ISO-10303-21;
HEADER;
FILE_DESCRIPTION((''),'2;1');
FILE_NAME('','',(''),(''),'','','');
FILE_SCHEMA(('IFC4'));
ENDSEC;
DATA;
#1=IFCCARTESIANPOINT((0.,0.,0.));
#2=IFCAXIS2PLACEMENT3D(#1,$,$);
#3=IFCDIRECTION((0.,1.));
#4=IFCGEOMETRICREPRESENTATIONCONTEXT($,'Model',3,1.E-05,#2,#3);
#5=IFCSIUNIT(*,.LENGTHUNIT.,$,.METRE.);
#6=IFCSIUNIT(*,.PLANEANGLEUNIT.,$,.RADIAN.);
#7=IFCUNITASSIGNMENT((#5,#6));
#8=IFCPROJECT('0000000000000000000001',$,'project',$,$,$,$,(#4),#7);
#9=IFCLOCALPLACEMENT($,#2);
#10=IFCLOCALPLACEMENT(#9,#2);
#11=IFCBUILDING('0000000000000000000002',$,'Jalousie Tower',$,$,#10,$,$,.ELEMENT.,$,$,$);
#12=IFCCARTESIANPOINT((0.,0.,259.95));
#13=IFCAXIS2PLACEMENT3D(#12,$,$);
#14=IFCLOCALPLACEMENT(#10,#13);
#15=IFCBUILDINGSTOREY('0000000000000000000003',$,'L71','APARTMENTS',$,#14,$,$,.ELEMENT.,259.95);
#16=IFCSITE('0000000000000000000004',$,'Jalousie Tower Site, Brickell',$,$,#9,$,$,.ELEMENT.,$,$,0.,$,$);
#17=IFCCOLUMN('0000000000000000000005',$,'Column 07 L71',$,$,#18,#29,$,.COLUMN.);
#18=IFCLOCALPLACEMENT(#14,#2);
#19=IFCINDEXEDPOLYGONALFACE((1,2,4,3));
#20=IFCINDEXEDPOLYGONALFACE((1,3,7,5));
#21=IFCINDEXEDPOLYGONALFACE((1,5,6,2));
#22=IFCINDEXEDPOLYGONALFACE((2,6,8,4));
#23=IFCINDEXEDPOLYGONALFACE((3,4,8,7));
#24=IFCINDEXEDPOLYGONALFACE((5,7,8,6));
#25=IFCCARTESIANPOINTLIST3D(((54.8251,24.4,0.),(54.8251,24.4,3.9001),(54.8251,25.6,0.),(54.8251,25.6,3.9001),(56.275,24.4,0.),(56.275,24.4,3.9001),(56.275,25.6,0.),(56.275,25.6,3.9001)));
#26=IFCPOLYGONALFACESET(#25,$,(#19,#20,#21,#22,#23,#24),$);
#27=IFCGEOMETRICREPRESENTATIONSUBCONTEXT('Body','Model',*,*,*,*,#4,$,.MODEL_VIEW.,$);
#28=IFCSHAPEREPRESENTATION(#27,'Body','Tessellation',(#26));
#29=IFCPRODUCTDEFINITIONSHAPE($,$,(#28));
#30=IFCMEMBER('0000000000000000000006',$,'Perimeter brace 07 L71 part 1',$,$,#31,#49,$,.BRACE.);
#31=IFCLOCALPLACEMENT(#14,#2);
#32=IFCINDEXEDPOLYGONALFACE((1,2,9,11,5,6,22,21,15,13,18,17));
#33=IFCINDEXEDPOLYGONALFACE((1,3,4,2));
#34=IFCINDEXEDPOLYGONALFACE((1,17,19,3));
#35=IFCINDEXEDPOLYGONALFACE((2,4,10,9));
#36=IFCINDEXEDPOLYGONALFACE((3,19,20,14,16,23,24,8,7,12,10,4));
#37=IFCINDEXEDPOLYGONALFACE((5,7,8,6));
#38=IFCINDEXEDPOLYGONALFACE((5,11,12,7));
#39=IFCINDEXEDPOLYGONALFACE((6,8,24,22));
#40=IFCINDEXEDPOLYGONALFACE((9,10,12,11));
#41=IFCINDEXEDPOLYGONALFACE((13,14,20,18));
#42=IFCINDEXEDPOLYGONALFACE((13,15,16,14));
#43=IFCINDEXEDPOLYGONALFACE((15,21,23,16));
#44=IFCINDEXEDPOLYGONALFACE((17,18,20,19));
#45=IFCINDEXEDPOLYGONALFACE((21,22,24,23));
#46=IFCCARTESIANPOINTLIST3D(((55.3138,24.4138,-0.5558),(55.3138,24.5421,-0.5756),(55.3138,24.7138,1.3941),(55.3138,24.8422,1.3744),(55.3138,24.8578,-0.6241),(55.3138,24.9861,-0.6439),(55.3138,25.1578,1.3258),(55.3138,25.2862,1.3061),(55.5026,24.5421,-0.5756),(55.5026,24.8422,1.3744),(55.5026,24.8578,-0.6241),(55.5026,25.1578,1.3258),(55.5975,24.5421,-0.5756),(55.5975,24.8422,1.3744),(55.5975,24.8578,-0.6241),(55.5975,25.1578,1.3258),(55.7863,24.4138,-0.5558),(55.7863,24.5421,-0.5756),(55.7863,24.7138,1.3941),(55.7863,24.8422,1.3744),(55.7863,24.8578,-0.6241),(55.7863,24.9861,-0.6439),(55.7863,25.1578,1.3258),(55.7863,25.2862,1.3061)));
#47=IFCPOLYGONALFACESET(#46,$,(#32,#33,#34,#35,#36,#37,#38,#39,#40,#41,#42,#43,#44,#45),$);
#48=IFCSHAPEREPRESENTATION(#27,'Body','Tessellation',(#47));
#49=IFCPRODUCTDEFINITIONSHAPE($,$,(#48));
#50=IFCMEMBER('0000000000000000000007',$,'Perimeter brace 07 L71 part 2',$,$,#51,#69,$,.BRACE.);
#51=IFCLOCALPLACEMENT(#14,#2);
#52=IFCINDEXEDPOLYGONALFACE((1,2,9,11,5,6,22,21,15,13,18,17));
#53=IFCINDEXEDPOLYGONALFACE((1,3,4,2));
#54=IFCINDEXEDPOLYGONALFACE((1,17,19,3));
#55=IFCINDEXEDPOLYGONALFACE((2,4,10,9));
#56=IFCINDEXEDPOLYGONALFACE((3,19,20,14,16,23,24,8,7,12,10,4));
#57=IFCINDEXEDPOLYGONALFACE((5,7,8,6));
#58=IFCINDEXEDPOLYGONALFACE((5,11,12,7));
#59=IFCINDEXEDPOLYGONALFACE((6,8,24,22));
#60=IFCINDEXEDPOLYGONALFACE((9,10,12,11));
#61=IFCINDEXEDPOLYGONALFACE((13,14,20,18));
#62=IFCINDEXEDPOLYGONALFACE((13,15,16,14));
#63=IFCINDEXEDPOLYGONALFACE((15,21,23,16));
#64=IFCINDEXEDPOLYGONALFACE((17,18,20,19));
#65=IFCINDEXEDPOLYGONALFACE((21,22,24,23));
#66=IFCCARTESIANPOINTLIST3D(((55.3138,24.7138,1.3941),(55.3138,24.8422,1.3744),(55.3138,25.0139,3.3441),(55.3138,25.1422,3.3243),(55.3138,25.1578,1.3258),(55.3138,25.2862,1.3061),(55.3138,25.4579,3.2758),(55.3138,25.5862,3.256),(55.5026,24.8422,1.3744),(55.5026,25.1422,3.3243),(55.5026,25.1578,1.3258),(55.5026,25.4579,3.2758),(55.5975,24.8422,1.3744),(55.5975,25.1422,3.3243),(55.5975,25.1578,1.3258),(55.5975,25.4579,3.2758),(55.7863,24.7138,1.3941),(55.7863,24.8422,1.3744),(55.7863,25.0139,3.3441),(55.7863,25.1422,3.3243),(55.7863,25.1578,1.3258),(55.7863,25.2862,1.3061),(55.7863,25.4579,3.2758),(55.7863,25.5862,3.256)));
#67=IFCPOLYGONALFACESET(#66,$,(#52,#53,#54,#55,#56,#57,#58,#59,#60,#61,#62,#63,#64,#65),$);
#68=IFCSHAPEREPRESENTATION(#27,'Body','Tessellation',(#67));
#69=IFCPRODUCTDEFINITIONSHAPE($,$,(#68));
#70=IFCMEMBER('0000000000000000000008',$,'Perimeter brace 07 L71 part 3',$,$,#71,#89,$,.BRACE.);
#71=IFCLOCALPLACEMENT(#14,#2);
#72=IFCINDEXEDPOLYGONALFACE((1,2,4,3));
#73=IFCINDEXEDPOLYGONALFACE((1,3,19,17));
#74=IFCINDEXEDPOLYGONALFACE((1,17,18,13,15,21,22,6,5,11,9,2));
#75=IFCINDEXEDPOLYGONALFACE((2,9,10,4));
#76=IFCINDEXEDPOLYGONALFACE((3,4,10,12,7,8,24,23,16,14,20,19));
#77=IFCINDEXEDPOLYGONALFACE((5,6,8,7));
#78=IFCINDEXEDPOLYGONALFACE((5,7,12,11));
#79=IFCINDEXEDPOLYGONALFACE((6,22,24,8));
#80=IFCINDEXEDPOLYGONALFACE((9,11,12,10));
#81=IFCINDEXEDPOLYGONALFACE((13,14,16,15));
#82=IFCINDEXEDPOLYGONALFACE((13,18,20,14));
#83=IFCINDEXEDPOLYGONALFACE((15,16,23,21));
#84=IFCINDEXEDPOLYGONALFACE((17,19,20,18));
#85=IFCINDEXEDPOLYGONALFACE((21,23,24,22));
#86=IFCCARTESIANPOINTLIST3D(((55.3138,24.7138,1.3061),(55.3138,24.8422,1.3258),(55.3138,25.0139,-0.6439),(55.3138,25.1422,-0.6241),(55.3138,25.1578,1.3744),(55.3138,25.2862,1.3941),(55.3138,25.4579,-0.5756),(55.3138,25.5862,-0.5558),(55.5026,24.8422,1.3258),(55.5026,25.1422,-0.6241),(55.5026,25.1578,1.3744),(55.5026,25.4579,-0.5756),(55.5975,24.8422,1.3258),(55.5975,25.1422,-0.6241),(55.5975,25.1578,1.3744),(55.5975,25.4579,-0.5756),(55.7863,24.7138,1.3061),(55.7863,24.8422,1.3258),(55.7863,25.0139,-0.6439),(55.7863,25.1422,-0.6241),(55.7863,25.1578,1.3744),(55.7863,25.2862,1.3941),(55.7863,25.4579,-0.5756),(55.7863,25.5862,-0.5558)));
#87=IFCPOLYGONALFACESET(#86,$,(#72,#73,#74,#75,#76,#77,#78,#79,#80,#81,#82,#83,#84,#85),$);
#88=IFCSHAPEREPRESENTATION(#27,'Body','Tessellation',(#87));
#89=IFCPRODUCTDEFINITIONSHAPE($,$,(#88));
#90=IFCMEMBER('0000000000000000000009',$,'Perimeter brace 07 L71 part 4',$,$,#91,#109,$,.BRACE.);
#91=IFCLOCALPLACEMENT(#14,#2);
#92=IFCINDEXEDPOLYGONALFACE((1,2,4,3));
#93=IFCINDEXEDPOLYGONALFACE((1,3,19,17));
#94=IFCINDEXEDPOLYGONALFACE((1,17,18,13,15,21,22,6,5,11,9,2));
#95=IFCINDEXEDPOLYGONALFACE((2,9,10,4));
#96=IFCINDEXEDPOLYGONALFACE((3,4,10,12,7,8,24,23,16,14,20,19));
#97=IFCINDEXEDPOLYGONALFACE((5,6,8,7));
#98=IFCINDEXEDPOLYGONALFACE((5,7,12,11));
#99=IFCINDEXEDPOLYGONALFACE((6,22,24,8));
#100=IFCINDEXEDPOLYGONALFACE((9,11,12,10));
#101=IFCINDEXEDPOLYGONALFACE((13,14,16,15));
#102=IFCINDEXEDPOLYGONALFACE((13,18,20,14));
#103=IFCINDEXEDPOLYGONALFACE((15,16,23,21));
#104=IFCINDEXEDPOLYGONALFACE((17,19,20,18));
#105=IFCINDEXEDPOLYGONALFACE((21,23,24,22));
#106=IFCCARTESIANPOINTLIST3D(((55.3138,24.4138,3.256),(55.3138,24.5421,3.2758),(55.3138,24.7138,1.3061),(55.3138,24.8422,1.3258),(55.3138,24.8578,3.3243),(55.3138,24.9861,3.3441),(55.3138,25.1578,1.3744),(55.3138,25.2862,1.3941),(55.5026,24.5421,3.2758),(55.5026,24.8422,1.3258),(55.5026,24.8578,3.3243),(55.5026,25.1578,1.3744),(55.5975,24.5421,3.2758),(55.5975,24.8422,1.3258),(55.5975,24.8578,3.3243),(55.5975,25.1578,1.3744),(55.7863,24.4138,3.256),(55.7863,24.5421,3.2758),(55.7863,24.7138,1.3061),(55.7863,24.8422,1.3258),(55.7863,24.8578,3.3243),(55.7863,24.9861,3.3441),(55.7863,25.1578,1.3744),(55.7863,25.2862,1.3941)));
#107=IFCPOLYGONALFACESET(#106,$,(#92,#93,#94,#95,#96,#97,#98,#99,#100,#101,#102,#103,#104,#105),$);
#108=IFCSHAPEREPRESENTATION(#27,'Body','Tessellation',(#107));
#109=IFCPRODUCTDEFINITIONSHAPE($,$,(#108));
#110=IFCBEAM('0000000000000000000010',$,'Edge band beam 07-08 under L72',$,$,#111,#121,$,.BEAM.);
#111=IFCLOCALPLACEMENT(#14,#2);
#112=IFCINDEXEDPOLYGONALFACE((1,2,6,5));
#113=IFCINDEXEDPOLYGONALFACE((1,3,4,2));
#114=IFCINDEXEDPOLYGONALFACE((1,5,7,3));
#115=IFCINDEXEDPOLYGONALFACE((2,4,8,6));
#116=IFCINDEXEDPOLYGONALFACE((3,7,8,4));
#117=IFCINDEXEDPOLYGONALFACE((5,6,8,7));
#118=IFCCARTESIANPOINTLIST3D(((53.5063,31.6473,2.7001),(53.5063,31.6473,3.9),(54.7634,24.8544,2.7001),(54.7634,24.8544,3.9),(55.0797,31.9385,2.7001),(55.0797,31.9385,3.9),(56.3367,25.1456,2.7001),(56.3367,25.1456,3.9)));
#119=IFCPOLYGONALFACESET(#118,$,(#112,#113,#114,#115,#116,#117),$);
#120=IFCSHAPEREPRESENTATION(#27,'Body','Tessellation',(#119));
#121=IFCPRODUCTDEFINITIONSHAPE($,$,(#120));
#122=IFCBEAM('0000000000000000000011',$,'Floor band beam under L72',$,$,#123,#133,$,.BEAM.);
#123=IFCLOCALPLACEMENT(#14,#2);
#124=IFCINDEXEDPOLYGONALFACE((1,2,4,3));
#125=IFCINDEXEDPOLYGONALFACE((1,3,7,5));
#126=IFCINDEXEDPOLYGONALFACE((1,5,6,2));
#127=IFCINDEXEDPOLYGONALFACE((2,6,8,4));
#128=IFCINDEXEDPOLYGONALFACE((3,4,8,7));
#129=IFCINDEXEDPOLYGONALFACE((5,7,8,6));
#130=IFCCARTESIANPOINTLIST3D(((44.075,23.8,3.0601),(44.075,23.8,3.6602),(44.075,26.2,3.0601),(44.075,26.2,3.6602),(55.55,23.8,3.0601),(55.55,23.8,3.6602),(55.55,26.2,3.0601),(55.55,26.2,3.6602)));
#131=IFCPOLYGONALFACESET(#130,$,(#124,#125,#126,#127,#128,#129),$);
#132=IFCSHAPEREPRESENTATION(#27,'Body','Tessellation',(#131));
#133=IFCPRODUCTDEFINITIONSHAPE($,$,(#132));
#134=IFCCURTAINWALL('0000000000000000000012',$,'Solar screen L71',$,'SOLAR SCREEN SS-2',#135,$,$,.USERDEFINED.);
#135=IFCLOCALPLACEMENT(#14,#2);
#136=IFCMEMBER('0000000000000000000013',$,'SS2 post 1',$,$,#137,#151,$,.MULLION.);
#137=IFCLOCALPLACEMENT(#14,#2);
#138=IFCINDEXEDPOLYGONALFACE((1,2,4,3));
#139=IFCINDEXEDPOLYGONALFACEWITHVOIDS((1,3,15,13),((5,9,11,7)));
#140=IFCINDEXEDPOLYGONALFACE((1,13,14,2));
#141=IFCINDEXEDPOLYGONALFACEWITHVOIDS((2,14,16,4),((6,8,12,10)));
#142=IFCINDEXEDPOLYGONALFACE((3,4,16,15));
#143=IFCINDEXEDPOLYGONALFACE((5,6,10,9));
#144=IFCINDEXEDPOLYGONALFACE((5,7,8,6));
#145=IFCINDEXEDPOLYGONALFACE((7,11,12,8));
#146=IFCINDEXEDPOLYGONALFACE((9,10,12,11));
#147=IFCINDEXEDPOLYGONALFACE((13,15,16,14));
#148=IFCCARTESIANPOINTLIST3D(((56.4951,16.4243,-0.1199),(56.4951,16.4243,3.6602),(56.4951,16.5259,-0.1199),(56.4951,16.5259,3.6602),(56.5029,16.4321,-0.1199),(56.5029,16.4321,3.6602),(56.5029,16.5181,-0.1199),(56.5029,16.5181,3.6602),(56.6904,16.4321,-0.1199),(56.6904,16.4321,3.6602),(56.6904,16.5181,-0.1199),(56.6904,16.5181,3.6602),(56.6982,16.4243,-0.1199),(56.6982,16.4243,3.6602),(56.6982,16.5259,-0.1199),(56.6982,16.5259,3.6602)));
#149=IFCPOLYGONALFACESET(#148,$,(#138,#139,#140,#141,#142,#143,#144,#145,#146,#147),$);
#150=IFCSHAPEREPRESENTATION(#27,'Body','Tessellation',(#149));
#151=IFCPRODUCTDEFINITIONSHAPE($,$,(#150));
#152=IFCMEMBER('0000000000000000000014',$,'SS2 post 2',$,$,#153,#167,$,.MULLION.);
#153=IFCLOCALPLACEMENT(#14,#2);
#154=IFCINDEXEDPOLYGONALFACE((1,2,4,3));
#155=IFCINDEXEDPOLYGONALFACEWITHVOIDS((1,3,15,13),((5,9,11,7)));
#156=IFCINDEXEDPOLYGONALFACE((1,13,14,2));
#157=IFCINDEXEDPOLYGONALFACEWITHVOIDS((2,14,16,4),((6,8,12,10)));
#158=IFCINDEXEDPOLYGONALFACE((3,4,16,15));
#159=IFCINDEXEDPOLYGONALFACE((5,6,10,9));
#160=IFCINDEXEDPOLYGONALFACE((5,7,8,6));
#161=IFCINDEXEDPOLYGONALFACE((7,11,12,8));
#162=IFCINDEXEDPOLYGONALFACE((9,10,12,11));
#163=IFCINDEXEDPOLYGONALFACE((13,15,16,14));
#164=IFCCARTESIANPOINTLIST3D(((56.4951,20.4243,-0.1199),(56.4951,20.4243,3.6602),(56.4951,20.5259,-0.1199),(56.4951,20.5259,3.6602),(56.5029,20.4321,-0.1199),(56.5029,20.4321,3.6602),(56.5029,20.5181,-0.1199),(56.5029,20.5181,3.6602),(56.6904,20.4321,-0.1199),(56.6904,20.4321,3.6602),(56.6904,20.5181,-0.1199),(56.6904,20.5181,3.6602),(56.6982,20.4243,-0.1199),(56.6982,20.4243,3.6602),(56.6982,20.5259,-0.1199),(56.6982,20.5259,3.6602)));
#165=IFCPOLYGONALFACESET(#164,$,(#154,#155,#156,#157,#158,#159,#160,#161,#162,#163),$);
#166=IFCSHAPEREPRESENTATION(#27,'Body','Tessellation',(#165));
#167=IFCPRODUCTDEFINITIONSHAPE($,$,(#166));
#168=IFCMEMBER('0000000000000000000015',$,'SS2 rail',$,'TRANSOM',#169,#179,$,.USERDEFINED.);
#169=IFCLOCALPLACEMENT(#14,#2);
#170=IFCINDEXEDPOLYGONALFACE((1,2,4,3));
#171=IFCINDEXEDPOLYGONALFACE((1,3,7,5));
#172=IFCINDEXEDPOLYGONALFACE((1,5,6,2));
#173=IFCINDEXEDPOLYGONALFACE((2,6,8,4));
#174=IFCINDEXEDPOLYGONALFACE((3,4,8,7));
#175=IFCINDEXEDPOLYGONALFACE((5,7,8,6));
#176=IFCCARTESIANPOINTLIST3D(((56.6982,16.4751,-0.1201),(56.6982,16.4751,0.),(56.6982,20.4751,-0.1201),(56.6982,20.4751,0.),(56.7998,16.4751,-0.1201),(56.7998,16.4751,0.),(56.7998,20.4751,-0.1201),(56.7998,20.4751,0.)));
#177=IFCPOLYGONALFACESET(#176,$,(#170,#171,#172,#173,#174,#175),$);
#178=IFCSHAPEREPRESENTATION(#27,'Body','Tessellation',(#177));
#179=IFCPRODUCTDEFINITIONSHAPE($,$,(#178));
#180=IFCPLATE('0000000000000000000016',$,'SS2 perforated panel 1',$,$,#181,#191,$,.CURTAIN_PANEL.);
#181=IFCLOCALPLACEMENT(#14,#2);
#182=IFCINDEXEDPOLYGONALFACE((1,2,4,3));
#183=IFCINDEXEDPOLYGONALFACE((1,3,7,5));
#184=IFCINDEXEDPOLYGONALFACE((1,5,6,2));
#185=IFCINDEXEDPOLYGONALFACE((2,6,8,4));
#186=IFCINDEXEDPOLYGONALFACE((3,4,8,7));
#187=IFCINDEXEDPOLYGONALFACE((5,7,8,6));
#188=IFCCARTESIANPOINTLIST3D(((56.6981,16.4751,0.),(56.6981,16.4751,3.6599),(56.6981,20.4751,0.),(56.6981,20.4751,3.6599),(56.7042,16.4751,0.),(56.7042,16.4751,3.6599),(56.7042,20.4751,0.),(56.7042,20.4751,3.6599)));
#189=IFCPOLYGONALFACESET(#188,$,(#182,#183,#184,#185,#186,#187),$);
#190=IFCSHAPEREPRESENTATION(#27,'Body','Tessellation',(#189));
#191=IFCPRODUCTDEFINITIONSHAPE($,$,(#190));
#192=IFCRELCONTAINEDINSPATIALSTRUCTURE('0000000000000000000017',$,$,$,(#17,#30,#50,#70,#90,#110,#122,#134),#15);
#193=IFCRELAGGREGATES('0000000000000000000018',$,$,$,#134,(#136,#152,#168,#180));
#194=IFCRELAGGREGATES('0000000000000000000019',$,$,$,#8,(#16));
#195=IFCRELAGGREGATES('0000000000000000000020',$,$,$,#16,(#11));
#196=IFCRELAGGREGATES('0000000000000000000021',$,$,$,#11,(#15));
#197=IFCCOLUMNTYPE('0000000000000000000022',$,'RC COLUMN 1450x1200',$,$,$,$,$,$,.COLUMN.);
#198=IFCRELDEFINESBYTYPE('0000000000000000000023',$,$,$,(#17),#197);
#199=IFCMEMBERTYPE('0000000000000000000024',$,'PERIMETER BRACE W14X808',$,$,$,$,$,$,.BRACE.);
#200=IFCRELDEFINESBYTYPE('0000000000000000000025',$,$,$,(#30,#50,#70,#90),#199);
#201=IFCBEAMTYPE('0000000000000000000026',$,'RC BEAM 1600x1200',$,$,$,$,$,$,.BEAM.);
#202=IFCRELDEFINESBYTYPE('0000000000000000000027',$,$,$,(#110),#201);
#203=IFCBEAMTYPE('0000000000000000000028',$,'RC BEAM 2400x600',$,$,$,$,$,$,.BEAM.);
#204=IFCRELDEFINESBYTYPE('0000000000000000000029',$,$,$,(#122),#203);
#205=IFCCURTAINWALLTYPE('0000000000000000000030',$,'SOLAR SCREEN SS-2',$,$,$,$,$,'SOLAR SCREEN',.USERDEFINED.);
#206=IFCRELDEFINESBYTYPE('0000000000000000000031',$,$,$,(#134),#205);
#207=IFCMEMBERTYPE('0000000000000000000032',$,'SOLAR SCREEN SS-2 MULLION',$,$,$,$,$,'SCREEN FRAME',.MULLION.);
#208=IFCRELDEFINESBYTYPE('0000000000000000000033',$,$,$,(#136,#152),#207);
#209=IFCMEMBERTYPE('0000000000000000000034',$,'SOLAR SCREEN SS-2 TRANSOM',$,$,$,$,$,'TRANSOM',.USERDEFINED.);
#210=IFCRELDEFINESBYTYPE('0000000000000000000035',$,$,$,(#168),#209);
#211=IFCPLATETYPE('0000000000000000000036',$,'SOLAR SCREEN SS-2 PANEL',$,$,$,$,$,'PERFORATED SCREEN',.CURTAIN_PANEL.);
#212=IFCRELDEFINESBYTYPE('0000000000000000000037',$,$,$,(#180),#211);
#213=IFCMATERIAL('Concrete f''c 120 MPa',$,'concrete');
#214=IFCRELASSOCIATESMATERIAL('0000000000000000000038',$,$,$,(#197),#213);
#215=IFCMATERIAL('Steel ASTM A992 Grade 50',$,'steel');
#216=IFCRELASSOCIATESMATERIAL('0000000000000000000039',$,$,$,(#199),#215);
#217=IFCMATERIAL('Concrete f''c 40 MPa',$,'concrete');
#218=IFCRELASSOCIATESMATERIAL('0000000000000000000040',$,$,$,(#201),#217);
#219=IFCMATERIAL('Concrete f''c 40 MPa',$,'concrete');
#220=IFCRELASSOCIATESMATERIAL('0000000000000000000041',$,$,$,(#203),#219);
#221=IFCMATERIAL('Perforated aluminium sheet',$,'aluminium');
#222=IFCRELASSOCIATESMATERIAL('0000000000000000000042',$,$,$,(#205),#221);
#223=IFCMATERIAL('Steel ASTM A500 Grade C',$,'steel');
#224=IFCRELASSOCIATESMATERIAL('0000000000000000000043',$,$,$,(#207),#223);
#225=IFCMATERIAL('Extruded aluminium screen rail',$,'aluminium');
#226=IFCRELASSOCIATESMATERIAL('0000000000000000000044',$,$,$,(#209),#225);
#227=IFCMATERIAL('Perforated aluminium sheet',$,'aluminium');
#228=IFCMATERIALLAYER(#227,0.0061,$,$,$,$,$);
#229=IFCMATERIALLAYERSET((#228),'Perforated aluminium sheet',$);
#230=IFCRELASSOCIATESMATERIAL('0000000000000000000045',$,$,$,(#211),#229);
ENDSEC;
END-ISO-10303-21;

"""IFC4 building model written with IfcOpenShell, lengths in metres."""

from ifc_helpers import new_model, si_unit, direction, frame, origin, origin_2d, place, context, subcontext, project, spatial, rectangle, hollow_rectangle, i_section, extrude, material, layer, layer_set, material_profile, profile_set, type_object, element, aggregate, save


model = new_model("IFC4")

# Units and contexts
model_context = context("Model", 3, precision=1e-05, world=origin(), true_north=direction((0.0, 1.0)))
body_context = subcontext(model_context, "Body", "Model", "MODEL_VIEW")
ifc_project = project(units=[si_unit("LENGTHUNIT", "METRE"), si_unit("PLANEANGLEUNIT", "RADIAN")], contexts=[model_context])

# Site, building, storey
site_placement = place(None, origin())
site = spatial("IfcSite", under=ifc_project, at=site_placement, Name="Jalousie Tower Site, Brickell", CompositionType="ELEMENT", RefElevation=0.0)
building_placement = place(site_placement, origin())
building = spatial("IfcBuilding", under=site, at=building_placement, Name="Jalousie Tower", CompositionType="ELEMENT")
storey_placement = place(building_placement, frame((0.0, 0.0, 259.95)))
storey = spatial("IfcBuildingStorey", under=building, at=storey_placement, Name="L71", Description="APARTMENTS", CompositionType="ELEMENT", Elevation=259.95)

# Column
ifc_material_1 = material(Name="Concrete f'c 120 MPa", Category="concrete")
ifc_material_profile_1 = material_profile(ifc_material_1, rectangle(XDim=1.45, YDim=1.2, at=origin_2d()), Name="RC 1450x1200")
ifc_profile_set_1 = profile_set([ifc_material_profile_1], Name="Concrete f'c 120 MPa")
column_type = type_object("IfcColumnType", Name="RC COLUMN 1450x1200", PredefinedType="COLUMN", material=ifc_profile_set_1)
column_placement = place(storey_placement, frame((55.55, 25.0, 0.0), z_axis=(0.0, 0.0, 1.0), x_axis=(1.0, 0.0, 0.0)))
element("IfcColumn", 1, at=column_placement, inside=storey, type_object=column_type, Name="Column 07 L71", PredefinedType="COLUMN", context=body_context, shape_type="SweptSolid", body=[
    extrude(rectangle(XDim=1.45, YDim=1.2, at=origin_2d()), origin(), (0.0, 0.0, 1.0), 3.9001),
])

# Members
ifc_material_2 = material(Name="Steel ASTM A992 Grade 50", Category="steel")
ifc_material_profile_2 = material_profile(ifc_material_2, i_section(OverallWidth=0.4724, OverallDepth=0.5791, WebThickness=0.095, FlangeThickness=0.1299, at=origin_2d()), Name="W14X808")
ifc_profile_set_2 = profile_set([ifc_material_profile_2], Name="Steel ASTM A992 Grade 50")
member_type_1 = type_object("IfcMemberType", Name="PERIMETER BRACE W14X808", PredefinedType="BRACE", material=ifc_profile_set_2)
for number, where, z_axis, x_axis, name in (
    (2, (55.55, 24.7, -0.5999), (0.0, 0.152085, 0.988367), (-1.0, 0.0, 0.0), "Perimeter brace 07 L71 part 1"),
    (3, (55.55, 25.0, 1.3501), (0.0, 0.152085, 0.988367), (-1.0, 0.0, 0.0), "Perimeter brace 07 L71 part 2"),
    (4, (55.55, 25.3, -0.5999), (0.0, -0.152085, 0.988367), (1.0, 0.0, 0.0), "Perimeter brace 07 L71 part 3"),
    (5, (55.55, 25.0, 1.3501), (0.0, -0.152085, 0.988367), (1.0, 0.0, 0.0), "Perimeter brace 07 L71 part 4"),
):
    element("IfcMember", number, at=place(storey_placement, frame(where, z_axis=z_axis, x_axis=x_axis)), inside=storey, type_object=member_type_1, Name=name, PredefinedType="BRACE", context=body_context, shape_type="SweptSolid", body=[
        extrude(i_section(OverallWidth=0.4724, OverallDepth=0.5791, WebThickness=0.095, FlangeThickness=0.1299, at=origin_2d()), origin(), (0.0, 0.0, 1.0), 1.9729),
    ])

# Beams
ifc_material_3 = material(Name="Concrete f'c 40 MPa", Category="concrete")
ifc_material_profile_3 = material_profile(ifc_material_3, rectangle(XDim=1.6001, YDim=1.2, at=origin_2d()), Name="RC 1600x1200")
ifc_profile_set_3 = profile_set([ifc_material_profile_3], Name="Concrete f'c 40 MPa")
beam_type_1 = type_object("IfcBeamType", Name="RC BEAM 1600x1200", PredefinedType="BEAM", material=ifc_profile_set_3)
beam_1_placement = place(storey_placement, frame((55.55, 25.0, 3.3), z_axis=(-0.181967, 0.983305, 0.0), x_axis=(-0.983305, -0.181967, 0.0)))
element("IfcBeam", 6, at=beam_1_placement, inside=storey, type_object=beam_type_1, Name="Edge band beam 07-08 under L72", PredefinedType="BEAM", context=body_context, shape_type="SweptSolid", body=[
    extrude(rectangle(XDim=1.6001, YDim=1.2, at=origin_2d()), origin(), (0.0, 0.0, 1.0), 6.9082),
])
ifc_material_4 = material(Name="Concrete f'c 40 MPa", Category="concrete")
ifc_material_profile_4 = material_profile(ifc_material_4, rectangle(XDim=2.3999, YDim=0.6001, at=origin_2d()), Name="RC 2400x600")
ifc_profile_set_4 = profile_set([ifc_material_profile_4], Name="Concrete f'c 40 MPa")
beam_type_2 = type_object("IfcBeamType", Name="RC BEAM 2400x600", PredefinedType="BEAM", material=ifc_profile_set_4)
beam_2_placement = place(storey_placement, frame((55.55, 25.0, 3.3601), z_axis=(-1.0, 0.0, 0.0), x_axis=(0.0, -1.0, 0.0)))
element("IfcBeam", 7, at=beam_2_placement, inside=storey, type_object=beam_type_2, Name="Floor band beam under L72", PredefinedType="BEAM", context=body_context, shape_type="SweptSolid", body=[
    extrude(rectangle(XDim=2.3999, YDim=0.6001, at=origin_2d()), origin(), (0.0, 0.0, 1.0), 11.4751),
])

# Curtain wall, members, plate
ifc_material_5 = material(Name="Perforated aluminium sheet", Category="aluminium")
curtain_wall_type = type_object("IfcCurtainWallType", Name="SOLAR SCREEN SS-2", ElementType="SOLAR SCREEN", PredefinedType="USERDEFINED", material=ifc_material_5)
curtain_wall_placement = place(storey_placement, origin())
curtain_wall = element("IfcCurtainWall", 8, at=curtain_wall_placement, inside=storey, type_object=curtain_wall_type, Name="Solar screen L71", ObjectType="SOLAR SCREEN SS-2", PredefinedType="USERDEFINED")
ifc_material_6 = material(Name="Steel ASTM A500 Grade C", Category="steel")
ifc_material_profile_5 = material_profile(ifc_material_6, hollow_rectangle(XDim=0.1016, YDim=0.2031, WallThickness=0.0078, at=origin_2d()), Name="HSS8X4X5/16")
ifc_profile_set_5 = profile_set([ifc_material_profile_5], Name="Steel ASTM A500 Grade C")
member_type_2 = type_object("IfcMemberType", Name="SOLAR SCREEN SS-2 MULLION", ElementType="SCREEN FRAME", PredefinedType="MULLION", material=ifc_profile_set_5)
member_1_placement = place(storey_placement, frame((56.5967, 16.4751, -0.1199), z_axis=(0.0, 0.0, 1.0), x_axis=(0.0, 1.0, 0.0)))
member_1 = element("IfcMember", 9, at=member_1_placement, type_object=member_type_2, Name="SS2 post 1", PredefinedType="MULLION", context=body_context, shape_type="SweptSolid", body=[
    extrude(hollow_rectangle(XDim=0.1016, YDim=0.2031, WallThickness=0.0078, at=origin_2d()), origin(), (0.0, 0.0, 1.0), 3.78),
])
member_2_placement = place(storey_placement, frame((56.5967, 20.4751, -0.1199), z_axis=(0.0, 0.0, 1.0), x_axis=(0.0, 1.0, 0.0)))
member_2 = element("IfcMember", 10, at=member_2_placement, type_object=member_type_2, Name="SS2 post 2", PredefinedType="MULLION", context=body_context, shape_type="SweptSolid", body=[
    extrude(hollow_rectangle(XDim=0.1016, YDim=0.2031, WallThickness=0.0078, at=origin_2d()), origin(), (0.0, 0.0, 1.0), 3.78),
])
ifc_material_7 = material(Name="Extruded aluminium screen rail", Category="aluminium")
ifc_material_profile_6 = material_profile(ifc_material_7, rectangle(XDim=0.1016, YDim=0.1201, at=origin_2d()), Name="RAIL 102x120")
ifc_profile_set_6 = profile_set([ifc_material_profile_6], Name="Extruded aluminium screen rail")
member_type_3 = type_object("IfcMemberType", Name="SOLAR SCREEN SS-2 TRANSOM", ElementType="TRANSOM", PredefinedType="USERDEFINED", material=ifc_profile_set_6)
member_3_placement = place(storey_placement, frame((56.749, 16.4751, -0.0601), z_axis=(0.0, 1.0, 0.0), x_axis=(-1.0, 0.0, 0.0)))
member_3 = element("IfcMember", 11, at=member_3_placement, type_object=member_type_3, Name="SS2 rail", ObjectType="TRANSOM", PredefinedType="USERDEFINED", context=body_context, shape_type="SweptSolid", body=[
    extrude(rectangle(XDim=0.1016, YDim=0.1201, at=origin_2d()), origin(), (0.0, 0.0, 1.0), 4.0),
])
ifc_material_8 = material(Name="Perforated aluminium sheet", Category="aluminium")
ifc_layer_1 = layer(ifc_material_8, 0.0061)
ifc_layer_set_1 = layer_set([ifc_layer_1], Name="Perforated aluminium sheet")
plate_type = type_object("IfcPlateType", Name="SOLAR SCREEN SS-2 PANEL", ElementType="PERFORATED SCREEN", PredefinedType="CURTAIN_PANEL", material=ifc_layer_set_1)
plate_placement = place(storey_placement, frame((56.7012, 18.4751, 0.0), z_axis=(0.0, 0.0, 1.0), x_axis=(0.0, 1.0, 0.0)))
plate = element("IfcPlate", 12, at=plate_placement, type_object=plate_type, Name="SS2 perforated panel 1", PredefinedType="CURTAIN_PANEL", context=body_context, shape_type="SweptSolid", body=[
    extrude(rectangle(XDim=4.0, YDim=0.0061, at=origin_2d()), origin(), (0.0, 0.0, 1.0), 3.6599),
])
aggregate(curtain_wall, [member_1, member_2, member_3, plate])

save(model, "model.ifc")
